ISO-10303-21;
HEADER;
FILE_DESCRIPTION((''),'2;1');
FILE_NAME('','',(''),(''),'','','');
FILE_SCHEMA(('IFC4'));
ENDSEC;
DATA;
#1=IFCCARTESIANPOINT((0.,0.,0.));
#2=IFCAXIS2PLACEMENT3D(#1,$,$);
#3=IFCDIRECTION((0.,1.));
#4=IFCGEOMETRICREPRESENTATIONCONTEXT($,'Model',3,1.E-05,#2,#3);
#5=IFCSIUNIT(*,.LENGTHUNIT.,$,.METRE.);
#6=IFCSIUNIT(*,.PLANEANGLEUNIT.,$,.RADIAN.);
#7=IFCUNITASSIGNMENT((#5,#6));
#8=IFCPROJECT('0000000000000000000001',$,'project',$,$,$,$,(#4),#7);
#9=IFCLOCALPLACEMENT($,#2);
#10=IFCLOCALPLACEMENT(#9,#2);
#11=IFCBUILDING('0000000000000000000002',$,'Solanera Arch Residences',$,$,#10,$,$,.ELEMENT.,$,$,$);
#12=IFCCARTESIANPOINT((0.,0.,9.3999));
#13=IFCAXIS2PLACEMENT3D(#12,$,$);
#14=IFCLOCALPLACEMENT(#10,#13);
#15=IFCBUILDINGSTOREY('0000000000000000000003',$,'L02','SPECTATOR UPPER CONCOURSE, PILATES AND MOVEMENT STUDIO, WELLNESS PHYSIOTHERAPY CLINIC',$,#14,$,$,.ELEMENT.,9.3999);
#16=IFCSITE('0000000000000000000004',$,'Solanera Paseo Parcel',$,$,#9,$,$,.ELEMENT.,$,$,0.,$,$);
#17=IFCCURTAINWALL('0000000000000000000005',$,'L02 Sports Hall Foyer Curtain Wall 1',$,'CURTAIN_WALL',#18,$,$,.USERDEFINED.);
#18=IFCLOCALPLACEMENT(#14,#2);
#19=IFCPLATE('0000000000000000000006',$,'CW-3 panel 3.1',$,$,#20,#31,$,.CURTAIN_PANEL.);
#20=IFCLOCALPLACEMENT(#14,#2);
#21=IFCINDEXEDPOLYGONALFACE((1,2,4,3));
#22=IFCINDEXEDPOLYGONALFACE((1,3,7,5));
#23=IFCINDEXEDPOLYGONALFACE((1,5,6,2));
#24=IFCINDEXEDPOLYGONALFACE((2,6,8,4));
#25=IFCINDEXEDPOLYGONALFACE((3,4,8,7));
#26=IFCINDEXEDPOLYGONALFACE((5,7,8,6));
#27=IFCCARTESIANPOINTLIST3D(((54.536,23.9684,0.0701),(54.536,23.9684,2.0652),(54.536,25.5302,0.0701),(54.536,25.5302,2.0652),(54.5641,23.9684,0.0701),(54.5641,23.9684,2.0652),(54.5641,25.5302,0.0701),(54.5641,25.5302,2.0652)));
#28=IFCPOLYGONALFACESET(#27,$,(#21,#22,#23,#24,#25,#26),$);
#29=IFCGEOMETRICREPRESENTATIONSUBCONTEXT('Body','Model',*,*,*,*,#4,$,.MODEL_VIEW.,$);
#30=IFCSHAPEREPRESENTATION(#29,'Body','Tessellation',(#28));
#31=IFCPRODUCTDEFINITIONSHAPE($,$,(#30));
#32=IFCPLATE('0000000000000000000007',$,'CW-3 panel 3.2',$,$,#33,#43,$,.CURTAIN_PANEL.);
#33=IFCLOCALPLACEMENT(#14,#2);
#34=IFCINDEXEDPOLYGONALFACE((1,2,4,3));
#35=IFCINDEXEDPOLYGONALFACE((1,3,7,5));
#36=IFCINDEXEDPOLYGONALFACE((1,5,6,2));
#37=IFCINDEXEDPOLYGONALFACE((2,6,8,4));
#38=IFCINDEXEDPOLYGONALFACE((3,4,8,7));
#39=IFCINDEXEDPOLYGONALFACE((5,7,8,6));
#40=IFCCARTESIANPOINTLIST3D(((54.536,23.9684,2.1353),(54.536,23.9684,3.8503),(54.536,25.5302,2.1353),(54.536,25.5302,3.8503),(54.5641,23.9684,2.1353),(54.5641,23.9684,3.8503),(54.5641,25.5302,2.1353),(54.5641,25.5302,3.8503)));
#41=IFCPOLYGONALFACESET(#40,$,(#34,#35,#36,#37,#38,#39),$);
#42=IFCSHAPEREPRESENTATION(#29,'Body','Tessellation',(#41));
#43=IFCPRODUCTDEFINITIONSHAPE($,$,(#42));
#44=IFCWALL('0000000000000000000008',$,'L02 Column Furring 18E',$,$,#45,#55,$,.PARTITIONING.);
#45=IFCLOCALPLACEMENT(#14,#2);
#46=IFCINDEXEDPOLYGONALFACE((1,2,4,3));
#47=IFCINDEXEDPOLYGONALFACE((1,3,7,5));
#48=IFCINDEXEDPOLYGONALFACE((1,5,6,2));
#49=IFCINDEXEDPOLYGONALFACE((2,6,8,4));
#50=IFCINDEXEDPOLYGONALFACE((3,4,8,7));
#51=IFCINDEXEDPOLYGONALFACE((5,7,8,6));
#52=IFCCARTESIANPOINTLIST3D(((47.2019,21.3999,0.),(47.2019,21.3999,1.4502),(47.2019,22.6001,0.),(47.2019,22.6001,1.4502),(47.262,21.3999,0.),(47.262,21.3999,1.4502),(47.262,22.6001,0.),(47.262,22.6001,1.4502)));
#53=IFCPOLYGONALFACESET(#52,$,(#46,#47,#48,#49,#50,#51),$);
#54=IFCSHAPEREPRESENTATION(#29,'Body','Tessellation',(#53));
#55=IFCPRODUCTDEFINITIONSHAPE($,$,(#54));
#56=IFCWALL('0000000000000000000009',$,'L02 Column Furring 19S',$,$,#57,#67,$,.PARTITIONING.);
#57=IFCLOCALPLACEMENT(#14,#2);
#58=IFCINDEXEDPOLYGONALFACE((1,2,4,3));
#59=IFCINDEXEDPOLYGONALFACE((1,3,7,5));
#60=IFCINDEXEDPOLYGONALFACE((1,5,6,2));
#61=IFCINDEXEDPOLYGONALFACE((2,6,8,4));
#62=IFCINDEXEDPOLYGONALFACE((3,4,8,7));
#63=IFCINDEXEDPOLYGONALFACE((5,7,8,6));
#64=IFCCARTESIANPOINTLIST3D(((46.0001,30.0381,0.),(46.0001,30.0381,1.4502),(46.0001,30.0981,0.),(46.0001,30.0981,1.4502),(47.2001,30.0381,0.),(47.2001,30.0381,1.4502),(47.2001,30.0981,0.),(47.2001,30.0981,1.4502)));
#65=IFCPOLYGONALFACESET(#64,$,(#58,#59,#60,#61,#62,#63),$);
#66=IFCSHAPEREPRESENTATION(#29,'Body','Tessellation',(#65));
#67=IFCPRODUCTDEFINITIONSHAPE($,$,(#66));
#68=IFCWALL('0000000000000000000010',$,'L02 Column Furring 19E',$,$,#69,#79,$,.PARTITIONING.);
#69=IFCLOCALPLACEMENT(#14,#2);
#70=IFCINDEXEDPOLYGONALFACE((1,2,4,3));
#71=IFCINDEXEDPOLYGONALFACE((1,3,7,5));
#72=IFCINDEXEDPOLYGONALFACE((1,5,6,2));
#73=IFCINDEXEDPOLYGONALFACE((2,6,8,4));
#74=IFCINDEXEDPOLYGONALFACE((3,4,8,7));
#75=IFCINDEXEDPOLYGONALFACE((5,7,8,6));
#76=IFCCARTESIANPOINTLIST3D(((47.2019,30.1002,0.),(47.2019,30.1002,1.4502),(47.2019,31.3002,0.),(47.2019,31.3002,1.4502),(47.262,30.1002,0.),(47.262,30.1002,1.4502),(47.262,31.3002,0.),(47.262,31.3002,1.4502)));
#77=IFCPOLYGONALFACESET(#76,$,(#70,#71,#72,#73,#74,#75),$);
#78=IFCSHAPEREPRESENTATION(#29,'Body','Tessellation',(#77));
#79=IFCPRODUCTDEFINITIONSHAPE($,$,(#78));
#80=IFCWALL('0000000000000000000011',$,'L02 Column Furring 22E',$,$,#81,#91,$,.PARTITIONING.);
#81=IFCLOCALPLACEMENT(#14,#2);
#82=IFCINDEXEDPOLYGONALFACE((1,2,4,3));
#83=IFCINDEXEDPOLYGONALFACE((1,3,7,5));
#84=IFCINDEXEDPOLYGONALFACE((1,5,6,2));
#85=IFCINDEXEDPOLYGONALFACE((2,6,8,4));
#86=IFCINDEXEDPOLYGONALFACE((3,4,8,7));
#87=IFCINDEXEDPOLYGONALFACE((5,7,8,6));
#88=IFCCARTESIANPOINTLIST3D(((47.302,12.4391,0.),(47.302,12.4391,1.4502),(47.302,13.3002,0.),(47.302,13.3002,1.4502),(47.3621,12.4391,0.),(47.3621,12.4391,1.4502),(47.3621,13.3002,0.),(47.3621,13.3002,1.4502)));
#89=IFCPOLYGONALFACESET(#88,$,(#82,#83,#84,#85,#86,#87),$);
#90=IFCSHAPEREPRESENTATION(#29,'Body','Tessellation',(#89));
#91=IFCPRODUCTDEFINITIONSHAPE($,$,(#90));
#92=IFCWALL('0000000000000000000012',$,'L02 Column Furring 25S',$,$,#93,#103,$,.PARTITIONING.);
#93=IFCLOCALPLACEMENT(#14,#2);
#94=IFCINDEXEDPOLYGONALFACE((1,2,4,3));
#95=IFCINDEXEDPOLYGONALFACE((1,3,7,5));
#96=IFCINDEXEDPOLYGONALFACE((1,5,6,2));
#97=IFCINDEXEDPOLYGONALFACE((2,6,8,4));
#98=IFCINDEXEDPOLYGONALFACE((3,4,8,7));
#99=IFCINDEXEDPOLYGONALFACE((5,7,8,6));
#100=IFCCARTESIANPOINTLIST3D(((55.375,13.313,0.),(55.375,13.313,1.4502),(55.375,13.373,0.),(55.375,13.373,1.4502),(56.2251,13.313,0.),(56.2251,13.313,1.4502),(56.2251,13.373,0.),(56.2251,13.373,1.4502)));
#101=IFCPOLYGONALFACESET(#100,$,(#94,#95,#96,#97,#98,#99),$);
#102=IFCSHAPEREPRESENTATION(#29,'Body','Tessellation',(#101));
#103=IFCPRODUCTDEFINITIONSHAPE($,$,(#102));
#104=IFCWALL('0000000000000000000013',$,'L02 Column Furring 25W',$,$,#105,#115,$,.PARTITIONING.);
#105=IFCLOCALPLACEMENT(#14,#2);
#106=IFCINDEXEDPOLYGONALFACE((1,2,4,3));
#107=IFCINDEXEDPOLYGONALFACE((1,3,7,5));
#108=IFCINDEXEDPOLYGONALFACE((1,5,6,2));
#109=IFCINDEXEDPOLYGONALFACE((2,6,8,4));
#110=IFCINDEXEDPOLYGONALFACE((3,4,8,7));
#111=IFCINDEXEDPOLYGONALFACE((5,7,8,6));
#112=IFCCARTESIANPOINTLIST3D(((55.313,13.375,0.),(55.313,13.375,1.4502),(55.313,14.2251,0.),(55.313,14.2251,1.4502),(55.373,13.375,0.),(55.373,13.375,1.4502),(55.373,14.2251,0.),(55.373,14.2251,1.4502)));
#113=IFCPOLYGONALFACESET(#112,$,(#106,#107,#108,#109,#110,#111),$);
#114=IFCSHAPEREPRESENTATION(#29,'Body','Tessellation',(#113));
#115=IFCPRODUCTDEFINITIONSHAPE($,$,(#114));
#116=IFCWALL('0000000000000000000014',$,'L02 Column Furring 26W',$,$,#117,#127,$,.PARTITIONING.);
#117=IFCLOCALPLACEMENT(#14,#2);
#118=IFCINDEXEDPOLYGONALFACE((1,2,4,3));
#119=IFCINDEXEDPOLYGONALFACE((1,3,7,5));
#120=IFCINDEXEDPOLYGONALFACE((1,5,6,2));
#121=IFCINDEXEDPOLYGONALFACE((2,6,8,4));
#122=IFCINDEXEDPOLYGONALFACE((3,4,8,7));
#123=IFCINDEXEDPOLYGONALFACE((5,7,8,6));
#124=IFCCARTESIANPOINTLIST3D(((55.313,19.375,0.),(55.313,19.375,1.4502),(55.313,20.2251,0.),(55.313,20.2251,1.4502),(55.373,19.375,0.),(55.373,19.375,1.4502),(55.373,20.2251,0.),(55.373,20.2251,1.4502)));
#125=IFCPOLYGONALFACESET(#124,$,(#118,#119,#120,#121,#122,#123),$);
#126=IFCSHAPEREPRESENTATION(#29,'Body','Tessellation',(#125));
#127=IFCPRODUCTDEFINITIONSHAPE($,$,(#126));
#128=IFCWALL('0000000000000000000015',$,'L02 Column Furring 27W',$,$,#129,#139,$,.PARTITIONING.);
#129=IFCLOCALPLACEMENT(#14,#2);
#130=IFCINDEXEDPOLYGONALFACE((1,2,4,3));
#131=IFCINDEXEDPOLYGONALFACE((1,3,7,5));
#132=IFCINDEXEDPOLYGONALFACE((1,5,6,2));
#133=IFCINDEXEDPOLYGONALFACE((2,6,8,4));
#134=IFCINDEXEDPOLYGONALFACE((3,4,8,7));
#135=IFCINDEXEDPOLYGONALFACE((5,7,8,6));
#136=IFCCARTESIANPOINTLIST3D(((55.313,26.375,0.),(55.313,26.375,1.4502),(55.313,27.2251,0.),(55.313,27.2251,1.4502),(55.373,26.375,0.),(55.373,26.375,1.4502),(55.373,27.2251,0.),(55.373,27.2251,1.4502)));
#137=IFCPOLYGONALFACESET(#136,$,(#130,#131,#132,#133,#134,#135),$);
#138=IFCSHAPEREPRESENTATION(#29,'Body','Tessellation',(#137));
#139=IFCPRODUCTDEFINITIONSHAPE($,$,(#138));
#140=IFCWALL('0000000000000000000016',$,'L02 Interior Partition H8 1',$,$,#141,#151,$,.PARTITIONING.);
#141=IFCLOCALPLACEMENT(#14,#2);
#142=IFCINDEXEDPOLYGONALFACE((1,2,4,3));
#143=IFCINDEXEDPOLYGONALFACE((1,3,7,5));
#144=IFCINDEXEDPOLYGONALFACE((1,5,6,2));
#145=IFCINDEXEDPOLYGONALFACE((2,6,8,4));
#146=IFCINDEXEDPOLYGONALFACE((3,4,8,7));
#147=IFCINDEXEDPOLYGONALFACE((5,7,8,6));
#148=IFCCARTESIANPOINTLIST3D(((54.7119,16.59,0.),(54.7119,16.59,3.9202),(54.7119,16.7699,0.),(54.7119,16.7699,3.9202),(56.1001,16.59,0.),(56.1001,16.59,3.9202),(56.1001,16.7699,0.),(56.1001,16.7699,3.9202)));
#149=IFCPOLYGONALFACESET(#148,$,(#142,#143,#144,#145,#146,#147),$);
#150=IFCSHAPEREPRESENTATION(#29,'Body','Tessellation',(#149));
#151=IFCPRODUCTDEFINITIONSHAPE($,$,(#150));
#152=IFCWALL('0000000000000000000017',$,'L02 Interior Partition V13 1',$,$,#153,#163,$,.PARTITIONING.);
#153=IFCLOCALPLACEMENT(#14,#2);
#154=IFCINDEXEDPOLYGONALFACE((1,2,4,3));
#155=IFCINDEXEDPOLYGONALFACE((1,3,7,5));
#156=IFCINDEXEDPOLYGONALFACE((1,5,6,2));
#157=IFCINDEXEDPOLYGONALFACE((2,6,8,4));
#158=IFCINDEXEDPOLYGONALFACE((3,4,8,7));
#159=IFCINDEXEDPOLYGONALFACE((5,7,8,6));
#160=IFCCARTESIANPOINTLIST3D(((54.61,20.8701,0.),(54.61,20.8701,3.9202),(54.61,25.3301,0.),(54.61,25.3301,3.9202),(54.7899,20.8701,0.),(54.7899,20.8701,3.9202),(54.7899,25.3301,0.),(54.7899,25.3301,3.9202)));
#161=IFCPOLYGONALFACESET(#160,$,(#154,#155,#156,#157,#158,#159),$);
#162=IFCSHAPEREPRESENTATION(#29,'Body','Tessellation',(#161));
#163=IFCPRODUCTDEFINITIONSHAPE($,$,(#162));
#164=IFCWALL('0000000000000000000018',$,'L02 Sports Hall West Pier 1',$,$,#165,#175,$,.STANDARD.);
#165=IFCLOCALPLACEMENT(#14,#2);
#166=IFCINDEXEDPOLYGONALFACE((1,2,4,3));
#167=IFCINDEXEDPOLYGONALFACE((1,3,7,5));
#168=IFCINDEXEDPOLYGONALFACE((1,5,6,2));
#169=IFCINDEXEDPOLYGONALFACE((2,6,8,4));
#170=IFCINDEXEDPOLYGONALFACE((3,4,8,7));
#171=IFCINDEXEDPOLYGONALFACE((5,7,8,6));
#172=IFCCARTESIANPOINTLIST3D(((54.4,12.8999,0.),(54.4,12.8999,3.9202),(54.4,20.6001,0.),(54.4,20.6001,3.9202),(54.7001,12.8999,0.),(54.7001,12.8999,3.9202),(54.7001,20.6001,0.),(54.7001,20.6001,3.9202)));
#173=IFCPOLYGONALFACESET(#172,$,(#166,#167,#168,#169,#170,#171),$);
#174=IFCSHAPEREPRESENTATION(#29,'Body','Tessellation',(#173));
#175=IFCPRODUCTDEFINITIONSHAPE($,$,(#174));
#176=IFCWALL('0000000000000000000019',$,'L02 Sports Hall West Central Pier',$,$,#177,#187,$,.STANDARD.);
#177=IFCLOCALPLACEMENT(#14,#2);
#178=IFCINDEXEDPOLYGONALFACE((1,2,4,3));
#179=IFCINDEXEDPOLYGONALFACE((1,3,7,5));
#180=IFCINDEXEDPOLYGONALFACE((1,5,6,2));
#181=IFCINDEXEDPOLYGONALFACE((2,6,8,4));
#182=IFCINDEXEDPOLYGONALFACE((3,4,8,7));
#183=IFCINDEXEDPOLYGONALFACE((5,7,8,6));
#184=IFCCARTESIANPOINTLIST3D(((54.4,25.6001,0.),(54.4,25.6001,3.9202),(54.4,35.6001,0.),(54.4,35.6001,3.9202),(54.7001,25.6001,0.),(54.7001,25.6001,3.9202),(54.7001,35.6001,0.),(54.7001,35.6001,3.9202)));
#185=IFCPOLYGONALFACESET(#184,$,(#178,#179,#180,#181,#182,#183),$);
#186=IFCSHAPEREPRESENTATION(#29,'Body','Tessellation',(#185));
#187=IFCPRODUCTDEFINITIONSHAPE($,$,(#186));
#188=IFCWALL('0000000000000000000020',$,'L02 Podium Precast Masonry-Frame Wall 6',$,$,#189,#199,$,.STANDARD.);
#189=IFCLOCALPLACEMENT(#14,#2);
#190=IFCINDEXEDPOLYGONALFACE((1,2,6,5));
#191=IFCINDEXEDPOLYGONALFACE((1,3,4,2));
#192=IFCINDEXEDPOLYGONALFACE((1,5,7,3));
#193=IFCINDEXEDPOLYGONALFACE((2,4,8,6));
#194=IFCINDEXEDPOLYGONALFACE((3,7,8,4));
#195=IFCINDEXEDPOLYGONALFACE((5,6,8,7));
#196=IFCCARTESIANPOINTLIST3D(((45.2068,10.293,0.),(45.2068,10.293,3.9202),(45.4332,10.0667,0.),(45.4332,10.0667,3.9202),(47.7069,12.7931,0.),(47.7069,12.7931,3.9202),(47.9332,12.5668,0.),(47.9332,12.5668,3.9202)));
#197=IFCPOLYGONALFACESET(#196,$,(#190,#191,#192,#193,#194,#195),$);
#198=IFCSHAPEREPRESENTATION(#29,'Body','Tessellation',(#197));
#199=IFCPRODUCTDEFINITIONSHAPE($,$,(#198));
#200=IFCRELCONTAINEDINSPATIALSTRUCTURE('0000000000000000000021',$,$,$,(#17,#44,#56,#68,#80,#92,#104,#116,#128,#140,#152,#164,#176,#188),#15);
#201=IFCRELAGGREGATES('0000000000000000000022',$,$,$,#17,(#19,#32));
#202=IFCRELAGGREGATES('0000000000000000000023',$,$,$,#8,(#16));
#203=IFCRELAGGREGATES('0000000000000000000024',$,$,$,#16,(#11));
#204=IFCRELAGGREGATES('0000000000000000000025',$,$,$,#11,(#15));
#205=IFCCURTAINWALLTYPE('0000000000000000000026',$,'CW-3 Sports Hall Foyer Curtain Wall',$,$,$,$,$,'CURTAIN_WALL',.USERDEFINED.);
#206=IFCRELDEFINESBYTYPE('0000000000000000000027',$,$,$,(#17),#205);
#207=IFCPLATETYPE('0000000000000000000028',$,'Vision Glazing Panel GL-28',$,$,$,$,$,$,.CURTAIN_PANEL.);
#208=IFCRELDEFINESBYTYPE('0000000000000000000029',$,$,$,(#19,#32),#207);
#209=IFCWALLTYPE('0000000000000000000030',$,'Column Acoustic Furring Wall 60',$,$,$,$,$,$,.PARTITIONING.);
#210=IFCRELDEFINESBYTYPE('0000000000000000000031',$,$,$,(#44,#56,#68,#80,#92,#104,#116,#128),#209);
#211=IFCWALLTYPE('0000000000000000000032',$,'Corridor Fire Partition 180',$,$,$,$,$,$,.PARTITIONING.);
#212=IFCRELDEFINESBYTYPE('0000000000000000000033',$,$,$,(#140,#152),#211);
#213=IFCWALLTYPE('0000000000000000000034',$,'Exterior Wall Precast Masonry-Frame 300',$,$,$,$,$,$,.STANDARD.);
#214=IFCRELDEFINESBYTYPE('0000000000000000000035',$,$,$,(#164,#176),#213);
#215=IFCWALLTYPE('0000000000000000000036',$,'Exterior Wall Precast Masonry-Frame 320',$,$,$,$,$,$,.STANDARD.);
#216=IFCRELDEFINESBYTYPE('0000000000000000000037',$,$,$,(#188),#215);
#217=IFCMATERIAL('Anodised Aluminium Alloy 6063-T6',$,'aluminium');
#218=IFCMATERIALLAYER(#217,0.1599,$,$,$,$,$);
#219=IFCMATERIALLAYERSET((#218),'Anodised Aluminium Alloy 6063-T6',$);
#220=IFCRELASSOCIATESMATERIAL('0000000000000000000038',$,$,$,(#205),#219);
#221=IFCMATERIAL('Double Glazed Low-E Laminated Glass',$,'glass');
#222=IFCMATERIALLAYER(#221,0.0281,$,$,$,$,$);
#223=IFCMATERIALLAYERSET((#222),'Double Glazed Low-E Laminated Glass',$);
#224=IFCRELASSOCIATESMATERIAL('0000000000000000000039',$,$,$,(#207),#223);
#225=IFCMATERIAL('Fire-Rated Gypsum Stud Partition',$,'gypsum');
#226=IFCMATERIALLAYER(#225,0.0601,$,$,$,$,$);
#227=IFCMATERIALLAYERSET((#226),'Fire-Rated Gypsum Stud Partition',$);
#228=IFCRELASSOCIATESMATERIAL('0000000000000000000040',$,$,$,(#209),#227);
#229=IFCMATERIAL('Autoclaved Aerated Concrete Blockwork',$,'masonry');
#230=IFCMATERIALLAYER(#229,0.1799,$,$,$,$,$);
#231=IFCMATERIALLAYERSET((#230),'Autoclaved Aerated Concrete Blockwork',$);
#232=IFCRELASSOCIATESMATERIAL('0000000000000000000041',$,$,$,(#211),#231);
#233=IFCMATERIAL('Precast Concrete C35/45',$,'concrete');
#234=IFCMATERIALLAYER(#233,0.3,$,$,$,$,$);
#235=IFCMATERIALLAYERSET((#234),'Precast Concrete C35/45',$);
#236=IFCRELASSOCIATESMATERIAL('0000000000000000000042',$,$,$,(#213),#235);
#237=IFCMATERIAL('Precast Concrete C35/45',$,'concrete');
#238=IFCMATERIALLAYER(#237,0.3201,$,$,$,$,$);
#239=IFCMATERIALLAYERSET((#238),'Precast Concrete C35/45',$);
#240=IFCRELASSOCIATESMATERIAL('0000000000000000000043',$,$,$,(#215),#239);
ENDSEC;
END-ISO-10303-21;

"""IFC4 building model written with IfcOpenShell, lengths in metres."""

from ifc_helpers import new_model, si_unit, direction, frame, frame_2d, origin, origin_2d, place, context, subcontext, project, spatial, rectangle, extrude, material, layer, layer_set, type_object, element, aggregate, save


model = new_model("IFC4")

# Units and contexts
model_context = context("Model", 3, precision=1e-05, world=origin(), true_north=direction((0.0, 1.0)))
body_context = subcontext(model_context, "Body", "Model", "MODEL_VIEW")
ifc_project = project(units=[si_unit("LENGTHUNIT", "METRE"), si_unit("PLANEANGLEUNIT", "RADIAN")], contexts=[model_context])

# Site, building, storey
site_placement = place(None, origin())
site = spatial("IfcSite", under=ifc_project, at=site_placement, Name="Solanera Paseo Parcel", CompositionType="ELEMENT", RefElevation=0.0)
building_placement = place(site_placement, origin())
building = spatial("IfcBuilding", under=site, at=building_placement, Name="Solanera Arch Residences", CompositionType="ELEMENT")
storey_placement = place(building_placement, frame((0.0, 0.0, 9.3999)))
storey = spatial("IfcBuildingStorey", under=building, at=storey_placement, Name="L02", Description="SPECTATOR UPPER CONCOURSE, PILATES AND MOVEMENT STUDIO, WELLNESS PHYSIOTHERAPY CLINIC", CompositionType="ELEMENT", Elevation=9.3999)

# Curtain wall
ifc_material_1 = material(Name="Anodised Aluminium Alloy 6063-T6", Category="aluminium")
ifc_layer_1 = layer(ifc_material_1, 0.1599)
ifc_layer_set_1 = layer_set([ifc_layer_1], Name="Anodised Aluminium Alloy 6063-T6")
curtain_wall_type = type_object("IfcCurtainWallType", Name="CW-3 Sports Hall Foyer Curtain Wall", ElementType="CURTAIN_WALL", PredefinedType="USERDEFINED", material=ifc_layer_set_1)
curtain_wall_placement = place(storey_placement, origin())
curtain_wall = element("IfcCurtainWall", 1, at=curtain_wall_placement, inside=storey, type_object=curtain_wall_type, Name="L02 Sports Hall Foyer Curtain Wall 1", ObjectType="CURTAIN_WALL", PredefinedType="USERDEFINED")

# Plates
ifc_material_2 = material(Name="Double Glazed Low-E Laminated Glass", Category="glass")
ifc_layer_2 = layer(ifc_material_2, 0.0281)
ifc_layer_set_2 = layer_set([ifc_layer_2], Name="Double Glazed Low-E Laminated Glass")
plate_type = type_object("IfcPlateType", Name="Vision Glazing Panel GL-28", PredefinedType="CURTAIN_PANEL", material=ifc_layer_set_2)
plate_1_placement = place(storey_placement, frame((54.55, 24.7493, 0.0701), z_axis=(0.0, 0.0, 1.0), x_axis=(0.0, 1.0, 0.0)))
plate_1 = element("IfcPlate", 2, at=plate_1_placement, type_object=plate_type, Name="CW-3 panel 3.1", PredefinedType="CURTAIN_PANEL", context=body_context, shape_type="SweptSolid", body=[
    extrude(rectangle(XDim=1.5618, YDim=0.0281, at=origin_2d()), origin(), (0.0, 0.0, 1.0), 1.9951),
])
plate_2_placement = place(storey_placement, frame((54.55, 24.7493, 2.1353), z_axis=(0.0, 0.0, 1.0), x_axis=(0.0, 1.0, 0.0)))
plate_2 = element("IfcPlate", 3, at=plate_2_placement, type_object=plate_type, Name="CW-3 panel 3.2", PredefinedType="CURTAIN_PANEL", context=body_context, shape_type="SweptSolid", body=[
    extrude(rectangle(XDim=1.5618, YDim=0.0281, at=origin_2d()), origin(), (0.0, 0.0, 1.0), 1.7151),
])
aggregate(curtain_wall, [plate_1, plate_2])

# Walls
ifc_material_3 = material(Name="Fire-Rated Gypsum Stud Partition", Category="gypsum")
ifc_layer_3 = layer(ifc_material_3, 0.0601)
ifc_layer_set_3 = layer_set([ifc_layer_3], Name="Fire-Rated Gypsum Stud Partition")
wall_type_1 = type_object("IfcWallType", Name="Column Acoustic Furring Wall 60", PredefinedType="PARTITIONING", material=ifc_layer_set_3)
wall_1_placement = place(storey_placement, frame((47.2319, 21.3999, 0.0), z_axis=(0.0, 0.0, 1.0), x_axis=(0.0, 1.0, 0.0)))
element("IfcWall", 4, at=wall_1_placement, inside=storey, type_object=wall_type_1, Name="L02 Column Furring 18E", PredefinedType="PARTITIONING", context=body_context, shape_type="SweptSolid", body=[
    extrude(rectangle(XDim=1.2002, YDim=0.0601, at=frame_2d((0.6001, 0.0))), origin(), (0.0, 0.0, 1.0), 1.4502),
])
for number, where, z_axis, x_axis, name in (
    (5, (46.0, 30.0681, 0.0), (0.0, 0.0, 1.0), (1.0, 0.0, 0.0), "L02 Column Furring 19S"),
    (6, (47.2319, 30.1001, 0.0), (0.0, 0.0, 1.0), (0.0, 1.0, 0.0), "L02 Column Furring 19E"),
):
    element("IfcWall", number, at=place(storey_placement, frame(where, z_axis=z_axis, x_axis=x_axis)), inside=storey, type_object=wall_type_1, Name=name, PredefinedType="PARTITIONING", context=body_context, shape_type="SweptSolid", body=[
        extrude(rectangle(XDim=1.2, YDim=0.0601, at=frame_2d((0.6001, 0.0))), origin(), (0.0, 0.0, 1.0), 1.4502),
    ])
wall_2_placement = place(storey_placement, frame((47.332, 12.439, 0.0), z_axis=(0.0, 0.0, 1.0), x_axis=(0.0, 1.0, 0.0)))
element("IfcWall", 7, at=wall_2_placement, inside=storey, type_object=wall_type_1, Name="L02 Column Furring 22E", PredefinedType="PARTITIONING", context=body_context, shape_type="SweptSolid", body=[
    extrude(rectangle(XDim=0.8611, YDim=0.0601, at=frame_2d((0.4307, 0.0))), origin(), (0.0, 0.0, 1.0), 1.4502),
])
for number, where, z_axis, x_axis, name in (
    (8, (55.375, 13.343, 0.0), (0.0, 0.0, 1.0), (1.0, 0.0, 0.0), "L02 Column Furring 25S"),
    (9, (55.343, 13.375, 0.0), (0.0, 0.0, 1.0), (0.0, 1.0, 0.0), "L02 Column Furring 25W"),
    (10, (55.343, 19.375, 0.0), (0.0, 0.0, 1.0), (0.0, 1.0, 0.0), "L02 Column Furring 26W"),
    (11, (55.343, 26.375, 0.0), (0.0, 0.0, 1.0), (0.0, 1.0, 0.0), "L02 Column Furring 27W"),
):
    element("IfcWall", number, at=place(storey_placement, frame(where, z_axis=z_axis, x_axis=x_axis)), inside=storey, type_object=wall_type_1, Name=name, PredefinedType="PARTITIONING", context=body_context, shape_type="SweptSolid", body=[
        extrude(rectangle(XDim=0.8501, YDim=0.0601, at=frame_2d((0.425, 0.0))), origin(), (0.0, 0.0, 1.0), 1.4502),
    ])
ifc_material_4 = material(Name="Autoclaved Aerated Concrete Blockwork", Category="masonry")
ifc_layer_4 = layer(ifc_material_4, 0.1799)
ifc_layer_set_4 = layer_set([ifc_layer_4], Name="Autoclaved Aerated Concrete Blockwork")
wall_type_2 = type_object("IfcWallType", Name="Corridor Fire Partition 180", PredefinedType="PARTITIONING", material=ifc_layer_set_4)
wall_3_placement = place(storey_placement, frame((54.7119, 16.6799, 0.0), z_axis=(0.0, 0.0, 1.0), x_axis=(1.0, 0.0, 0.0)))
element("IfcWall", 12, at=wall_3_placement, inside=storey, type_object=wall_type_2, Name="L02 Interior Partition H8 1", PredefinedType="PARTITIONING", context=body_context, shape_type="SweptSolid", body=[
    extrude(rectangle(XDim=1.3882, YDim=0.1799, at=frame_2d((0.6941, 0.0))), origin(), (0.0, 0.0, 1.0), 3.9202),
])
wall_4_placement = place(storey_placement, frame((54.7, 20.8701, 0.0), z_axis=(0.0, 0.0, 1.0), x_axis=(0.0, 1.0, 0.0)))
element("IfcWall", 13, at=wall_4_placement, inside=storey, type_object=wall_type_2, Name="L02 Interior Partition V13 1", PredefinedType="PARTITIONING", context=body_context, shape_type="SweptSolid", body=[
    extrude(rectangle(XDim=4.46, YDim=0.1799, at=frame_2d((2.23, 0.0))), origin(), (0.0, 0.0, 1.0), 3.9202),
])
ifc_material_5 = material(Name="Precast Concrete C35/45", Category="concrete")
ifc_layer_5 = layer(ifc_material_5, 0.3)
ifc_layer_set_5 = layer_set([ifc_layer_5], Name="Precast Concrete C35/45")
wall_type_3 = type_object("IfcWallType", Name="Exterior Wall Precast Masonry-Frame 300", PredefinedType="STANDARD", material=ifc_layer_set_5)
wall_5_placement = place(storey_placement, frame((54.55, 12.8999, 0.0), z_axis=(0.0, 0.0, 1.0), x_axis=(0.0, 1.0, 0.0)))
element("IfcWall", 14, at=wall_5_placement, inside=storey, type_object=wall_type_3, Name="L02 Sports Hall West Pier 1", PredefinedType="STANDARD", context=body_context, shape_type="SweptSolid", body=[
    extrude(rectangle(XDim=7.7002, YDim=0.3, at=frame_2d((3.8501, 0.0))), origin(), (0.0, 0.0, 1.0), 3.9202),
])
wall_6_placement = place(storey_placement, frame((54.55, 25.6001, 0.0), z_axis=(0.0, 0.0, 1.0), x_axis=(0.0, 1.0, 0.0)))
element("IfcWall", 15, at=wall_6_placement, inside=storey, type_object=wall_type_3, Name="L02 Sports Hall West Central Pier", PredefinedType="STANDARD", context=body_context, shape_type="SweptSolid", body=[
    extrude(rectangle(XDim=10.0, YDim=0.3, at=frame_2d((5.0, 0.0))), origin(), (0.0, 0.0, 1.0), 3.9202),
])
ifc_material_6 = material(Name="Precast Concrete C35/45", Category="concrete")
ifc_layer_6 = layer(ifc_material_6, 0.3201)
ifc_layer_set_6 = layer_set([ifc_layer_6], Name="Precast Concrete C35/45")
wall_type_4 = type_object("IfcWallType", Name="Exterior Wall Precast Masonry-Frame 320", PredefinedType="STANDARD", material=ifc_layer_set_6)
wall_7_placement = place(storey_placement, frame((47.8201, 12.6799, 0.0), z_axis=(0.0, 0.0, 1.0), x_axis=(-0.707107, -0.707107, 0.0)))
element("IfcWall", 16, at=wall_7_placement, inside=storey, type_object=wall_type_4, Name="L02 Podium Precast Masonry-Frame Wall 6", PredefinedType="STANDARD", context=body_context, shape_type="SweptSolid", body=[
    extrude(rectangle(XDim=3.5356, YDim=0.3201, at=frame_2d((1.7678, 0.0))), origin(), (0.0, 0.0, 1.0), 3.9202),
])

save(model, "model.ifc")
